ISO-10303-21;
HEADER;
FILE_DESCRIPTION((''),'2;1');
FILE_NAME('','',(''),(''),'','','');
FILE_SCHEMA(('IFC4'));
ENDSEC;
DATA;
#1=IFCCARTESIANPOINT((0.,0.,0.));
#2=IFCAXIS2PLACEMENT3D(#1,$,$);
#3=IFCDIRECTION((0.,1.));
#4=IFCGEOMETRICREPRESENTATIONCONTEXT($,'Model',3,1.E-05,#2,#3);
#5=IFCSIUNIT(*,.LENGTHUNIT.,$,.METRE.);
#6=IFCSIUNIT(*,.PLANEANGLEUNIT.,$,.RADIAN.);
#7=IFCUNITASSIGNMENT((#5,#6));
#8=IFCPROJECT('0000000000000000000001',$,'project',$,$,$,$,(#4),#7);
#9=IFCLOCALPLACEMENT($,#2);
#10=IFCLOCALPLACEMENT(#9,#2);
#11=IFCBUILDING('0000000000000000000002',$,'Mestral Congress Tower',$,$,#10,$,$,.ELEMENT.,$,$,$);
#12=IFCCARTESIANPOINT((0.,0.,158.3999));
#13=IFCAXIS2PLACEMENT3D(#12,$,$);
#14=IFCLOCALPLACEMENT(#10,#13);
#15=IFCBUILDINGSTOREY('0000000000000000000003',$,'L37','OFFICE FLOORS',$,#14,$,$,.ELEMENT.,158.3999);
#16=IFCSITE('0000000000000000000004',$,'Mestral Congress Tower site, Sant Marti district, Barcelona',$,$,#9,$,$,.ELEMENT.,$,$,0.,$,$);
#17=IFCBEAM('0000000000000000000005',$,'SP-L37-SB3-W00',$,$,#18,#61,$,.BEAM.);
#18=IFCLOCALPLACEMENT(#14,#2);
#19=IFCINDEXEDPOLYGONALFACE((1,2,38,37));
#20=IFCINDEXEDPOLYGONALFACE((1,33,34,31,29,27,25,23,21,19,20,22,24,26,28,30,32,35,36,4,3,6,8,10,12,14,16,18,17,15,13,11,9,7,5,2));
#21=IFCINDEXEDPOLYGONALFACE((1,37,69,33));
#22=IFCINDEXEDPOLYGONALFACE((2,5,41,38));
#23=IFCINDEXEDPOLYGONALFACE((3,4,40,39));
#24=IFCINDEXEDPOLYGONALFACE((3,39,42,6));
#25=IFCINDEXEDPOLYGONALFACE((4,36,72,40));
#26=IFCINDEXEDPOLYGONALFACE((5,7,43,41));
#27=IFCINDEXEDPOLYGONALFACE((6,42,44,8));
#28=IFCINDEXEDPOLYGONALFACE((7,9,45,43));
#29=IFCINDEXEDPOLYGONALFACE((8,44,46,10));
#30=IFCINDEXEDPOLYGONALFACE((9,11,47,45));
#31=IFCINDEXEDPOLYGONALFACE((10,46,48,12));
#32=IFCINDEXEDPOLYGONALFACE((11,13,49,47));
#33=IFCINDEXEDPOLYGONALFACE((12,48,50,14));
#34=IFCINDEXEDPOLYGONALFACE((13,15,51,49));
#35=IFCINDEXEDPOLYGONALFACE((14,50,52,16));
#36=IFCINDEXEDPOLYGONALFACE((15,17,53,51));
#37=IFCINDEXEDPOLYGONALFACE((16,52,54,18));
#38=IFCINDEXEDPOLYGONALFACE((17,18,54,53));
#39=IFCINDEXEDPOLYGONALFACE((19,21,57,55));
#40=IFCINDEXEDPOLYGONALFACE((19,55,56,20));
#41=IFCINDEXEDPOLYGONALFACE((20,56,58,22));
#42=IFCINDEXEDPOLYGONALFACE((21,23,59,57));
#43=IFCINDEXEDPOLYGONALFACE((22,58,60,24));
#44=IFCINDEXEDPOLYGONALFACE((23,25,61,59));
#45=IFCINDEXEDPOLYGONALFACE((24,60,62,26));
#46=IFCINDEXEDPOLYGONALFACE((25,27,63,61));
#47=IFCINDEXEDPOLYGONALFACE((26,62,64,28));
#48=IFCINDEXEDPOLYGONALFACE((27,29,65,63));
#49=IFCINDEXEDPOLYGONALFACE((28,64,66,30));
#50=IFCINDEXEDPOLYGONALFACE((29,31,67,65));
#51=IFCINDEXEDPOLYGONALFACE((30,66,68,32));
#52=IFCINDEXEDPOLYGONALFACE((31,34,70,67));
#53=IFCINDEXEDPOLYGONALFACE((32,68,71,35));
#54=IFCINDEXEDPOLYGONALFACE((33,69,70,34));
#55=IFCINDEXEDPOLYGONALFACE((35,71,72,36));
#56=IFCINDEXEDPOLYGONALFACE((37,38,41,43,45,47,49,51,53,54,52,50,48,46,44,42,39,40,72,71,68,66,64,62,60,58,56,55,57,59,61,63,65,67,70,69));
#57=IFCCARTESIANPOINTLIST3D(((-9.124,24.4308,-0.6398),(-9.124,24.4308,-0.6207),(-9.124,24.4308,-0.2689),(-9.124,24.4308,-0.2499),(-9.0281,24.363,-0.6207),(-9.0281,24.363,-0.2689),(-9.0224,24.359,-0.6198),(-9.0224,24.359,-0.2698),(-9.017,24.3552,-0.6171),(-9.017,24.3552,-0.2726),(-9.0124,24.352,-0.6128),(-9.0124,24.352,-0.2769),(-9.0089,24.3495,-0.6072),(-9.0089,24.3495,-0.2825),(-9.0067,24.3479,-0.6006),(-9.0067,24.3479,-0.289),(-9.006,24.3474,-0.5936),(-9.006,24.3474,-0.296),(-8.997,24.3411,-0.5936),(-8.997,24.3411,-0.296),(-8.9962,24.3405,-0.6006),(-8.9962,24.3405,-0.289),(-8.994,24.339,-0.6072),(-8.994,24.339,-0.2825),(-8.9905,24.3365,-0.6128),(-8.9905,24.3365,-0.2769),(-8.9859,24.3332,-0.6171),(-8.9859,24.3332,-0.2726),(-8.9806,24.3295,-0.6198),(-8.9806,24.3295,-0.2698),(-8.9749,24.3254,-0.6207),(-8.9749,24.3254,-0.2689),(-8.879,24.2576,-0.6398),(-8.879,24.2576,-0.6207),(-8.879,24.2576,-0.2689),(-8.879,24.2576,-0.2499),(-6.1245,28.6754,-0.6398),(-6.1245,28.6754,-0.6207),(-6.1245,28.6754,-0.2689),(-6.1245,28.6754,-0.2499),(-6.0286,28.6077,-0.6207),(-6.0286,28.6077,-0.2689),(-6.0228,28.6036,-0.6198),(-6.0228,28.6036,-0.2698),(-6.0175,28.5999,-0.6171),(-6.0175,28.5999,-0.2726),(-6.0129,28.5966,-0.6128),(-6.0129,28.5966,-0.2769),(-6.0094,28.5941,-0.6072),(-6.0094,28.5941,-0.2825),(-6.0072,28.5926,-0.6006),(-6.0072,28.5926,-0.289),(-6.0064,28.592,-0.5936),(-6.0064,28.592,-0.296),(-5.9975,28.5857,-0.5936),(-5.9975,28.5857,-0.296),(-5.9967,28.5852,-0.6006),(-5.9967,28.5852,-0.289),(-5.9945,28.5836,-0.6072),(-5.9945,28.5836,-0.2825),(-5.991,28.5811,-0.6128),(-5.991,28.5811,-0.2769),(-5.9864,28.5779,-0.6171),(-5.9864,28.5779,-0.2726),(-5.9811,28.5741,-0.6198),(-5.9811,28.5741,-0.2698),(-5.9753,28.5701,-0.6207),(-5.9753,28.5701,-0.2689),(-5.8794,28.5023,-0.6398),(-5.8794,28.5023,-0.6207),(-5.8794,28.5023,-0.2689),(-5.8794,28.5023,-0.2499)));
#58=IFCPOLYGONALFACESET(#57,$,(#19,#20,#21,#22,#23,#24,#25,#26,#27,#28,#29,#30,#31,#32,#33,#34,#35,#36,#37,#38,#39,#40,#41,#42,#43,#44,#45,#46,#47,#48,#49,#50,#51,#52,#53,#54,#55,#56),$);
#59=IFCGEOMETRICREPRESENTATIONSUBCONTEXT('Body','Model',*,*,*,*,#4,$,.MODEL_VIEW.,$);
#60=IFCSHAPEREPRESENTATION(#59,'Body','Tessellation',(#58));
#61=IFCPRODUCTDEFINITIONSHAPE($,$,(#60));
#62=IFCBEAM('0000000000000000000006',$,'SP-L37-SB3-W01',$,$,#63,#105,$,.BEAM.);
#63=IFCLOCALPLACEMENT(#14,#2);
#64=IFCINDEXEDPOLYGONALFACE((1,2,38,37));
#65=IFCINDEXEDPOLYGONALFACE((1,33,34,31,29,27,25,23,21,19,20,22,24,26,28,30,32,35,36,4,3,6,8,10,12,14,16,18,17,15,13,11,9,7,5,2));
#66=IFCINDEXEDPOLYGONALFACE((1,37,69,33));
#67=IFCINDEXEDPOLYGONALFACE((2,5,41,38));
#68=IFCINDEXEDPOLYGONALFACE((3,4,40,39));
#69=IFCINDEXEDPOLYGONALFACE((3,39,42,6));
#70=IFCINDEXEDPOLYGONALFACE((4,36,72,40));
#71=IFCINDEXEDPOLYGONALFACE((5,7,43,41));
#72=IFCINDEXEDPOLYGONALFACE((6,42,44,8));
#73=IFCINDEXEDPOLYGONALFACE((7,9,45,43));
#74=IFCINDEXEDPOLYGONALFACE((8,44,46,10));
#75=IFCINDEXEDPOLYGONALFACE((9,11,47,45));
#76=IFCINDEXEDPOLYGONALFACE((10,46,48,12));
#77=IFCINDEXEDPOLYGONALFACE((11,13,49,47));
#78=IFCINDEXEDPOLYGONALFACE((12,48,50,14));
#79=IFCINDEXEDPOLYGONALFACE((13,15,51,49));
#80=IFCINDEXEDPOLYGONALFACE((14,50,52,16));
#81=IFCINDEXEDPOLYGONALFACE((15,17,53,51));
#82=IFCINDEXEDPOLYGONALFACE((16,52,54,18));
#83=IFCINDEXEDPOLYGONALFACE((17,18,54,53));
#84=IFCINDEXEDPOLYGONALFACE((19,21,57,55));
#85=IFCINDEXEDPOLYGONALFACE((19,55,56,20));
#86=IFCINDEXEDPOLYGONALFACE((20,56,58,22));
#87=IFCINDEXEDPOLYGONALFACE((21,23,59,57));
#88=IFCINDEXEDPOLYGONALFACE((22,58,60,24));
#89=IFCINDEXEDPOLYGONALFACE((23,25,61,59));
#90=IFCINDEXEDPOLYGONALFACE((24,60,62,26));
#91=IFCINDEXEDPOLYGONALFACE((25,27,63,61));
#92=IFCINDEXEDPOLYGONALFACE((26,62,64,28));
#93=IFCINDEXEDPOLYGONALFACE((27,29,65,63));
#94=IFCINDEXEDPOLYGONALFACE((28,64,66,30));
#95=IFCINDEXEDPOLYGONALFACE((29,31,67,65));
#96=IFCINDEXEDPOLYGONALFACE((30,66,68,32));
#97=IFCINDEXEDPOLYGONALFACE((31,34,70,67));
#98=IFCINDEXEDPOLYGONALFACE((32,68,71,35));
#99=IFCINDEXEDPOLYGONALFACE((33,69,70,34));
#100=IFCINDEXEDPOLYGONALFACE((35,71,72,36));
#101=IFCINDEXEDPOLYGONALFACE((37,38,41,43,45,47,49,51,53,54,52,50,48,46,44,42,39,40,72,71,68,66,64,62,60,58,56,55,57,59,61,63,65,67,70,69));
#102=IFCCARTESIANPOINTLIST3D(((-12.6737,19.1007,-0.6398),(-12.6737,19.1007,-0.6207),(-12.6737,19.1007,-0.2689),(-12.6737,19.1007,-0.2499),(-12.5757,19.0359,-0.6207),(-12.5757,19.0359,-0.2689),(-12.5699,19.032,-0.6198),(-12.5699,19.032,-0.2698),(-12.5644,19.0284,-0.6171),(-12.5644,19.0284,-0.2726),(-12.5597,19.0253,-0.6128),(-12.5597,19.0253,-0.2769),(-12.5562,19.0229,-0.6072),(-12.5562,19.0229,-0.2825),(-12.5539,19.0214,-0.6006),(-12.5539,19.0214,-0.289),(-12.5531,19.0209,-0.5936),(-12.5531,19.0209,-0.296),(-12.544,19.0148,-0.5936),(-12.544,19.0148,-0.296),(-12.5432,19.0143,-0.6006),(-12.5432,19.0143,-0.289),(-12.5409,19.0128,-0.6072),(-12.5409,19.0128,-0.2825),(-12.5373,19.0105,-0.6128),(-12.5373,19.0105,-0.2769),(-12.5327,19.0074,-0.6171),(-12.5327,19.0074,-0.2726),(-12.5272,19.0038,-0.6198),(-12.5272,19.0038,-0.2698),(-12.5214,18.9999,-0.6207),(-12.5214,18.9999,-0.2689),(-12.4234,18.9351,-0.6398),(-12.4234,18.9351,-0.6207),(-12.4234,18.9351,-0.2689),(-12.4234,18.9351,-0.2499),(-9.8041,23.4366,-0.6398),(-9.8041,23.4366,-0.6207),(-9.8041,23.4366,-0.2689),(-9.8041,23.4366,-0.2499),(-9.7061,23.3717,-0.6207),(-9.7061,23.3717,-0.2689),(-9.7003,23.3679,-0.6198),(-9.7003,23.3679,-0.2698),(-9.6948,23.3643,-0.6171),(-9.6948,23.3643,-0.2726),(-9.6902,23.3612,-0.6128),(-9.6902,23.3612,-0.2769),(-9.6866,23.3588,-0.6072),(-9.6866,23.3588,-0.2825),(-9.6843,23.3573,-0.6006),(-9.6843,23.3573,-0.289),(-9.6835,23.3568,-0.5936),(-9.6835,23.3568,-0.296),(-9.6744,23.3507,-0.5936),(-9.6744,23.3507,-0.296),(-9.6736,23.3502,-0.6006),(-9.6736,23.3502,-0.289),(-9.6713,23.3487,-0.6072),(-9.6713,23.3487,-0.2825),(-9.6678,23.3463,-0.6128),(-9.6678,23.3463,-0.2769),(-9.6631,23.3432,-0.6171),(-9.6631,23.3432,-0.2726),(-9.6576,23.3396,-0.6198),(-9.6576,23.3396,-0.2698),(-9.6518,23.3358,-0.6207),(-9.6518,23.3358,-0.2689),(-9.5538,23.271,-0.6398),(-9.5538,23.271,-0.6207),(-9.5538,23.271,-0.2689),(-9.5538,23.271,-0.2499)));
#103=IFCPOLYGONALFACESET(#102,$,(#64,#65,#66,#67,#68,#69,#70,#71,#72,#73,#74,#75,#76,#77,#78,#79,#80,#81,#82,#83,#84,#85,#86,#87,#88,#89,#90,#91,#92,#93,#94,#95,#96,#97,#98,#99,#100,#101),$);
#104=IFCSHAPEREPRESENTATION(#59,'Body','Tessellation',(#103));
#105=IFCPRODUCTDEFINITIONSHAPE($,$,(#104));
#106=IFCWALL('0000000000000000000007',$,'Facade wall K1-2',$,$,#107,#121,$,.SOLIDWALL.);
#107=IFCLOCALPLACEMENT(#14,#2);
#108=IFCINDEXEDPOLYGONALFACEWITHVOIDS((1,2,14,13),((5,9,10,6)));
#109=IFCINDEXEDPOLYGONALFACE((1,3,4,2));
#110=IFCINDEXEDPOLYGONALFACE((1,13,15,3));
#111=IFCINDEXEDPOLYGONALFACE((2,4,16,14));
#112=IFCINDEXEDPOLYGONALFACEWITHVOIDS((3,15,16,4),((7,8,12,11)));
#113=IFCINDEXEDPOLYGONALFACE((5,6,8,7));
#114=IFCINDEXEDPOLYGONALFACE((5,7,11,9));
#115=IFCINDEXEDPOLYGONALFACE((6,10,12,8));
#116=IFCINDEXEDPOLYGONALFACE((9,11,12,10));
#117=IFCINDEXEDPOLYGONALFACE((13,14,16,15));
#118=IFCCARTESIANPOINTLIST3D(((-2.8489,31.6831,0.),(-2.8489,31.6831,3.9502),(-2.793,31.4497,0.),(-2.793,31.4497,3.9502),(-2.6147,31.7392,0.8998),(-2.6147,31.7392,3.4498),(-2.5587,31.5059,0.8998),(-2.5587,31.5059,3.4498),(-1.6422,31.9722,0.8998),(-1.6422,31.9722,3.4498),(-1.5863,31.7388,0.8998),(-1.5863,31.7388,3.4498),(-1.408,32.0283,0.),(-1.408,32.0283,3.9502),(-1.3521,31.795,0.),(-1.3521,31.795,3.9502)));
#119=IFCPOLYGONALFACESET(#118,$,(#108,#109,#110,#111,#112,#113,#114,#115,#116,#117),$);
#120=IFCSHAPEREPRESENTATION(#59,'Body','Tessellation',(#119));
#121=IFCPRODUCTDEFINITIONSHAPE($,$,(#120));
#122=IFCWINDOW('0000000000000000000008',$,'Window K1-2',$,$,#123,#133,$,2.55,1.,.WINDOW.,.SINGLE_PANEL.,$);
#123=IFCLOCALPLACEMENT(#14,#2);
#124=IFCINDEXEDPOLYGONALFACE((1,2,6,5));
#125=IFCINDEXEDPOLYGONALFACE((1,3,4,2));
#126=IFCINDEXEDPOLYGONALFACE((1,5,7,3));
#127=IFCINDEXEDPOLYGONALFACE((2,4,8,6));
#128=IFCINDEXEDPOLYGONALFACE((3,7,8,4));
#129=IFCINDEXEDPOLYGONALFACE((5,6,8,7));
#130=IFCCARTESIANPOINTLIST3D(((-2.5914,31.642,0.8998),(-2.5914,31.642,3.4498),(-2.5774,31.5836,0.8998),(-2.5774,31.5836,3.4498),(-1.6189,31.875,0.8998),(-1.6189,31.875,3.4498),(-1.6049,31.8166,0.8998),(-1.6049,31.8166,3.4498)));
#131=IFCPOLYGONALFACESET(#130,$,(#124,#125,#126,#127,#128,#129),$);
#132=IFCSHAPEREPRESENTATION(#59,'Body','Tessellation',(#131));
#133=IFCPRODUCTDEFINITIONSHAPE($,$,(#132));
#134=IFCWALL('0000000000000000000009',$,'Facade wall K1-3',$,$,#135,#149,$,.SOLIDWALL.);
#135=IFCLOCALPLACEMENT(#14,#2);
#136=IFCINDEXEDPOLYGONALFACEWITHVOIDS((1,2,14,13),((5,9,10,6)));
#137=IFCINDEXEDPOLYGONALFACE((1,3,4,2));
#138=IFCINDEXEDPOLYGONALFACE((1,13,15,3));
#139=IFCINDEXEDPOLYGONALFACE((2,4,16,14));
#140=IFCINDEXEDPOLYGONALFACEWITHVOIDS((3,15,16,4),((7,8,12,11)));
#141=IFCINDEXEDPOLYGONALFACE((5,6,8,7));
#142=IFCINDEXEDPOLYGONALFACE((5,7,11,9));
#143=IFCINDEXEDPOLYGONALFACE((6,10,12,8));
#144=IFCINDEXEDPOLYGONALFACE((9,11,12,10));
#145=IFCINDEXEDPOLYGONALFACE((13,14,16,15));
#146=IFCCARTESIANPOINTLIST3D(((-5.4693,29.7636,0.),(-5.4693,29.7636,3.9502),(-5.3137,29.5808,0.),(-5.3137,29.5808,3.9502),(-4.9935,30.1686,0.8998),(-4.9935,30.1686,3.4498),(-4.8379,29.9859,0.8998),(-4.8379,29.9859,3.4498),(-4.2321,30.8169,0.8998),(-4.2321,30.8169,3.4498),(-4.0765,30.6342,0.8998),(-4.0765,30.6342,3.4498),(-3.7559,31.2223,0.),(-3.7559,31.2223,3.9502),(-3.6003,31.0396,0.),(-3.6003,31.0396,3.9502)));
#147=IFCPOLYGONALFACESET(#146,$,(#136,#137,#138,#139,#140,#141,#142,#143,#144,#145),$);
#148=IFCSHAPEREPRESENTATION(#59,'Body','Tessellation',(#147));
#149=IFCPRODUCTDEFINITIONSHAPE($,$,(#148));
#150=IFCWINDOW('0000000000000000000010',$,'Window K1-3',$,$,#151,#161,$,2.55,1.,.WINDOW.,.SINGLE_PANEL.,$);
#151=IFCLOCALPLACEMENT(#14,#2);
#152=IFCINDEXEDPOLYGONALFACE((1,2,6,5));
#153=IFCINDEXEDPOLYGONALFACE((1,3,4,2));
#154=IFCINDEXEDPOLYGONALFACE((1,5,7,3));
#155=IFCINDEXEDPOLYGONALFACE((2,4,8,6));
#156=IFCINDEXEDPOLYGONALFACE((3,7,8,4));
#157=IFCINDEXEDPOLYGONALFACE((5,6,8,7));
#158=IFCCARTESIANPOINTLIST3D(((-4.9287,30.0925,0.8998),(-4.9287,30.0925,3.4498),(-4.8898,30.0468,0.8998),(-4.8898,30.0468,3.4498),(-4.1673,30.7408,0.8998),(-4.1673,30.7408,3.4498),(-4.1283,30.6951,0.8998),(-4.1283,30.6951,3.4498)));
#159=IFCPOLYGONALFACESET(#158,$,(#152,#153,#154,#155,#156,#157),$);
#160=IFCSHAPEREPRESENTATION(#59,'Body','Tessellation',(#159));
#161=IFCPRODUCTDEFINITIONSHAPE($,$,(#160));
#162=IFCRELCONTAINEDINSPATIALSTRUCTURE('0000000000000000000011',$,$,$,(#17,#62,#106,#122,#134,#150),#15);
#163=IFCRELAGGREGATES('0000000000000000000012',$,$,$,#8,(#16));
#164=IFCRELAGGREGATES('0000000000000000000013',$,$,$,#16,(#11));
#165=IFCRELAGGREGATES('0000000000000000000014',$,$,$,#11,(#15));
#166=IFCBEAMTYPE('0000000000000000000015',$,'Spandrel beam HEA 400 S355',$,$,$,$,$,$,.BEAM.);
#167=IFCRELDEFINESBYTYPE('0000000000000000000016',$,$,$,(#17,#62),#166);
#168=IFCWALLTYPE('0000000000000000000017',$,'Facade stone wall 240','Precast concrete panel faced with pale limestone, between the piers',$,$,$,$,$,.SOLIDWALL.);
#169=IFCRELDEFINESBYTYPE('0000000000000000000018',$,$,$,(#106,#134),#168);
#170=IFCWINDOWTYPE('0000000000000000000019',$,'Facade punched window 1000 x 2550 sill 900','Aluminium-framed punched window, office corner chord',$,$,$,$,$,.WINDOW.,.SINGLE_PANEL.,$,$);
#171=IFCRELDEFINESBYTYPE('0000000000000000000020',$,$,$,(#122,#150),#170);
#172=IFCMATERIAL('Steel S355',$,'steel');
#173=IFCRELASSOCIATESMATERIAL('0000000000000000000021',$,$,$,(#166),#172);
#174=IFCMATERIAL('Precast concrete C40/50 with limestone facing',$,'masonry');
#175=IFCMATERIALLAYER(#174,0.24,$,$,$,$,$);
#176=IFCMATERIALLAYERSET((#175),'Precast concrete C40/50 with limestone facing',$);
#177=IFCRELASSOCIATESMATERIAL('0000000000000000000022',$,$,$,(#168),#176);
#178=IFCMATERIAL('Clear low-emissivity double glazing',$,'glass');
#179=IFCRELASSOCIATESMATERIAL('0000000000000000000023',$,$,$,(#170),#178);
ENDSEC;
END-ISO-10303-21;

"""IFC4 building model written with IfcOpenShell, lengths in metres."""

from ifc_helpers import new_model, si_unit, direction, frame, frame_2d, origin, origin_2d, place, context, subcontext, project, spatial, rectangle, i_section, extrude, material, layer, layer_set, material_profile, profile_set, type_object, element, fill, save


model = new_model("IFC4")

# Units and contexts
model_context = context("Model", 3, precision=1e-05, world=origin(), true_north=direction((0.0, 1.0)))
body_context = subcontext(model_context, "Body", "Model", "MODEL_VIEW")
ifc_project = project(units=[si_unit("LENGTHUNIT", "METRE"), si_unit("PLANEANGLEUNIT", "RADIAN")], contexts=[model_context])

# Site, building, storey
site_placement = place(None, origin())
site = spatial("IfcSite", under=ifc_project, at=site_placement, Name="Mestral Congress Tower site, Sant Marti district, Barcelona", CompositionType="ELEMENT", RefElevation=0.0)
building_placement = place(site_placement, origin())
building = spatial("IfcBuilding", under=site, at=building_placement, Name="Mestral Congress Tower", CompositionType="ELEMENT")
storey_placement = place(building_placement, frame((0.0, 0.0, 158.3999)))
storey = spatial("IfcBuildingStorey", under=building, at=storey_placement, Name="L37", Description="OFFICE FLOORS", CompositionType="ELEMENT", Elevation=158.3999)

# Beams
ifc_material_1 = material(Name="Steel S355", Category="steel")
ifc_material_profile_1 = material_profile(ifc_material_1, i_section(OverallWidth=0.3, OverallDepth=0.3899, WebThickness=0.011, FlangeThickness=0.019, FilletRadius=0.0271, at=origin_2d()), Name="HEA 400")
ifc_profile_set_1 = profile_set([ifc_material_profile_1], Name="Steel S355")
beam_type_1 = type_object("IfcBeamType", Name="Spandrel beam HEA 400 S355", PredefinedType="BEAM", material=ifc_profile_set_1)
beam_1_placement = place(storey_placement, frame((-6.002, 28.5889, -0.4448), z_axis=(-0.577107, -0.816668, 0.0), x_axis=(0.816668, -0.577107, 0.0)))
element("IfcBeam", 1, at=beam_1_placement, inside=storey, type_object=beam_type_1, Name="SP-L37-SB3-W00", PredefinedType="BEAM", context=body_context, shape_type="SweptSolid", body=[
    extrude(i_section(OverallWidth=0.3, OverallDepth=0.3899, WebThickness=0.011, FlangeThickness=0.019, FilletRadius=0.0271, at=origin_2d()), origin(), (0.0, 0.0, 1.0), 5.1975),
])
beam_2_placement = place(storey_placement, frame((-9.679, 23.3538, -0.4448), z_axis=(-0.551901, -0.833909, 0.0), x_axis=(0.833909, -0.551901, 0.0)))
element("IfcBeam", 2, at=beam_2_placement, inside=storey, type_object=beam_type_1, Name="SP-L37-SB3-W01", PredefinedType="BEAM", context=body_context, shape_type="SweptSolid", body=[
    extrude(i_section(OverallWidth=0.3, OverallDepth=0.3899, WebThickness=0.011, FlangeThickness=0.019, FilletRadius=0.0271, at=origin_2d()), origin(), (0.0, 0.0, 1.0), 5.1995),
])

# Walls, openings, windows
ifc_material_2 = material(Name="Precast concrete C40/50 with limestone facing", Category="masonry")
ifc_layer_1 = layer(ifc_material_2, 0.24)
ifc_layer_set_1 = layer_set([ifc_layer_1], Name="Precast concrete C40/50 with limestone facing")
wall_type_1 = type_object("IfcWallType", Name="Facade stone wall 240", Description="Precast concrete panel faced with pale limestone, between the piers", PredefinedType="SOLIDWALL", material=ifc_layer_set_1)
wall_1_placement = place(storey_placement, frame((-1.3801, 31.9116, 0.0), z_axis=(0.0, 0.0, 1.0), x_axis=(-0.97248, -0.232987, 0.0)))
wall_1 = element("IfcWall", 3, at=wall_1_placement, inside=storey, type_object=wall_type_1, Name="Facade wall K1-2", PredefinedType="SOLIDWALL", context=body_context, shape_type="SweptSolid", body=[
    extrude(rectangle(XDim=1.4817, YDim=0.24, at=frame_2d((0.7407, 0.0))), origin(), (0.0, 0.0, 1.0), 3.9502),
])
opening_1_placement = place(wall_1_placement, frame((0.2407, 0.0, 0.8999)))
opening_1 = element("IfcOpeningElement", 4, at=opening_1_placement, cuts=wall_1, PredefinedType="OPENING", context=body_context, shape_type="SweptSolid", body=[
    extrude(rectangle(XDim=1.0, YDim=2.55, at=frame_2d((0.5, 1.2749))), frame((0.0, 0.1299, 0.0), z_axis=(0.0, -1.0, 0.0), x_axis=(1.0, 0.0, 0.0)), (0.0, 0.0, 1.0), 0.26),
])
ifc_material_3 = material(Name="Clear low-emissivity double glazing", Category="glass")
window_type_1 = type_object("IfcWindowType", Name="Facade punched window 1000 x 2550 sill 900", Description="Aluminium-framed punched window, office corner chord", PartitioningType="SINGLE_PANEL", PredefinedType="WINDOW", material=ifc_material_3)
window_1_placement = place(opening_1_placement, origin())
window_1 = element("IfcWindow", 5, at=window_1_placement, inside=storey, type_object=window_type_1, Name="Window K1-2", OverallHeight=2.55, OverallWidth=1.0, PartitioningType="SINGLE_PANEL", PredefinedType="WINDOW", context=body_context, shape_type="SweptSolid", body=[
    extrude(rectangle(XDim=1.0, YDim=2.55, at=frame_2d((0.5, 1.2749))), frame((0.0, 0.04, 0.0), z_axis=(0.0, -1.0, 0.0), x_axis=(1.0, 0.0, 0.0)), (0.0, 0.0, 1.0), 0.0601),
])
fill(opening_1, window_1)
wall_2_placement = place(storey_placement, frame((-3.6782, 31.1309, 0.0), z_axis=(0.0, 0.0, 1.0), x_axis=(-0.76142, -0.648259, 0.0)))
wall_2 = element("IfcWall", 6, at=wall_2_placement, inside=storey, type_object=wall_type_1, Name="Facade wall K1-3", PredefinedType="SOLIDWALL", context=body_context, shape_type="SweptSolid", body=[
    extrude(rectangle(XDim=2.2502, YDim=0.24, at=frame_2d((1.125, 0.0))), origin(), (0.0, 0.0, 1.0), 3.9502),
])
opening_2_placement = place(wall_2_placement, frame((0.6252, 0.0, 0.8999)))
opening_2 = element("IfcOpeningElement", 7, at=opening_2_placement, cuts=wall_2, PredefinedType="OPENING", context=body_context, shape_type="SweptSolid", body=[
    extrude(rectangle(XDim=1.0, YDim=2.55, at=frame_2d((0.5, 1.2749))), frame((0.0, 0.1299, 0.0), z_axis=(0.0, -1.0, 0.0), x_axis=(1.0, 0.0, 0.0)), (0.0, 0.0, 1.0), 0.26),
])
window_2_placement = place(opening_2_placement, origin())
window_2 = element("IfcWindow", 8, at=window_2_placement, inside=storey, type_object=window_type_1, Name="Window K1-3", OverallHeight=2.55, OverallWidth=1.0, PartitioningType="SINGLE_PANEL", PredefinedType="WINDOW", context=body_context, shape_type="SweptSolid", body=[
    extrude(rectangle(XDim=1.0, YDim=2.55, at=frame_2d((0.5, 1.2749))), frame((0.0, 0.04, 0.0), z_axis=(0.0, -1.0, 0.0), x_axis=(1.0, 0.0, 0.0)), (0.0, 0.0, 1.0), 0.0601),
])
fill(opening_2, window_2)

save(model, "model.ifc")
